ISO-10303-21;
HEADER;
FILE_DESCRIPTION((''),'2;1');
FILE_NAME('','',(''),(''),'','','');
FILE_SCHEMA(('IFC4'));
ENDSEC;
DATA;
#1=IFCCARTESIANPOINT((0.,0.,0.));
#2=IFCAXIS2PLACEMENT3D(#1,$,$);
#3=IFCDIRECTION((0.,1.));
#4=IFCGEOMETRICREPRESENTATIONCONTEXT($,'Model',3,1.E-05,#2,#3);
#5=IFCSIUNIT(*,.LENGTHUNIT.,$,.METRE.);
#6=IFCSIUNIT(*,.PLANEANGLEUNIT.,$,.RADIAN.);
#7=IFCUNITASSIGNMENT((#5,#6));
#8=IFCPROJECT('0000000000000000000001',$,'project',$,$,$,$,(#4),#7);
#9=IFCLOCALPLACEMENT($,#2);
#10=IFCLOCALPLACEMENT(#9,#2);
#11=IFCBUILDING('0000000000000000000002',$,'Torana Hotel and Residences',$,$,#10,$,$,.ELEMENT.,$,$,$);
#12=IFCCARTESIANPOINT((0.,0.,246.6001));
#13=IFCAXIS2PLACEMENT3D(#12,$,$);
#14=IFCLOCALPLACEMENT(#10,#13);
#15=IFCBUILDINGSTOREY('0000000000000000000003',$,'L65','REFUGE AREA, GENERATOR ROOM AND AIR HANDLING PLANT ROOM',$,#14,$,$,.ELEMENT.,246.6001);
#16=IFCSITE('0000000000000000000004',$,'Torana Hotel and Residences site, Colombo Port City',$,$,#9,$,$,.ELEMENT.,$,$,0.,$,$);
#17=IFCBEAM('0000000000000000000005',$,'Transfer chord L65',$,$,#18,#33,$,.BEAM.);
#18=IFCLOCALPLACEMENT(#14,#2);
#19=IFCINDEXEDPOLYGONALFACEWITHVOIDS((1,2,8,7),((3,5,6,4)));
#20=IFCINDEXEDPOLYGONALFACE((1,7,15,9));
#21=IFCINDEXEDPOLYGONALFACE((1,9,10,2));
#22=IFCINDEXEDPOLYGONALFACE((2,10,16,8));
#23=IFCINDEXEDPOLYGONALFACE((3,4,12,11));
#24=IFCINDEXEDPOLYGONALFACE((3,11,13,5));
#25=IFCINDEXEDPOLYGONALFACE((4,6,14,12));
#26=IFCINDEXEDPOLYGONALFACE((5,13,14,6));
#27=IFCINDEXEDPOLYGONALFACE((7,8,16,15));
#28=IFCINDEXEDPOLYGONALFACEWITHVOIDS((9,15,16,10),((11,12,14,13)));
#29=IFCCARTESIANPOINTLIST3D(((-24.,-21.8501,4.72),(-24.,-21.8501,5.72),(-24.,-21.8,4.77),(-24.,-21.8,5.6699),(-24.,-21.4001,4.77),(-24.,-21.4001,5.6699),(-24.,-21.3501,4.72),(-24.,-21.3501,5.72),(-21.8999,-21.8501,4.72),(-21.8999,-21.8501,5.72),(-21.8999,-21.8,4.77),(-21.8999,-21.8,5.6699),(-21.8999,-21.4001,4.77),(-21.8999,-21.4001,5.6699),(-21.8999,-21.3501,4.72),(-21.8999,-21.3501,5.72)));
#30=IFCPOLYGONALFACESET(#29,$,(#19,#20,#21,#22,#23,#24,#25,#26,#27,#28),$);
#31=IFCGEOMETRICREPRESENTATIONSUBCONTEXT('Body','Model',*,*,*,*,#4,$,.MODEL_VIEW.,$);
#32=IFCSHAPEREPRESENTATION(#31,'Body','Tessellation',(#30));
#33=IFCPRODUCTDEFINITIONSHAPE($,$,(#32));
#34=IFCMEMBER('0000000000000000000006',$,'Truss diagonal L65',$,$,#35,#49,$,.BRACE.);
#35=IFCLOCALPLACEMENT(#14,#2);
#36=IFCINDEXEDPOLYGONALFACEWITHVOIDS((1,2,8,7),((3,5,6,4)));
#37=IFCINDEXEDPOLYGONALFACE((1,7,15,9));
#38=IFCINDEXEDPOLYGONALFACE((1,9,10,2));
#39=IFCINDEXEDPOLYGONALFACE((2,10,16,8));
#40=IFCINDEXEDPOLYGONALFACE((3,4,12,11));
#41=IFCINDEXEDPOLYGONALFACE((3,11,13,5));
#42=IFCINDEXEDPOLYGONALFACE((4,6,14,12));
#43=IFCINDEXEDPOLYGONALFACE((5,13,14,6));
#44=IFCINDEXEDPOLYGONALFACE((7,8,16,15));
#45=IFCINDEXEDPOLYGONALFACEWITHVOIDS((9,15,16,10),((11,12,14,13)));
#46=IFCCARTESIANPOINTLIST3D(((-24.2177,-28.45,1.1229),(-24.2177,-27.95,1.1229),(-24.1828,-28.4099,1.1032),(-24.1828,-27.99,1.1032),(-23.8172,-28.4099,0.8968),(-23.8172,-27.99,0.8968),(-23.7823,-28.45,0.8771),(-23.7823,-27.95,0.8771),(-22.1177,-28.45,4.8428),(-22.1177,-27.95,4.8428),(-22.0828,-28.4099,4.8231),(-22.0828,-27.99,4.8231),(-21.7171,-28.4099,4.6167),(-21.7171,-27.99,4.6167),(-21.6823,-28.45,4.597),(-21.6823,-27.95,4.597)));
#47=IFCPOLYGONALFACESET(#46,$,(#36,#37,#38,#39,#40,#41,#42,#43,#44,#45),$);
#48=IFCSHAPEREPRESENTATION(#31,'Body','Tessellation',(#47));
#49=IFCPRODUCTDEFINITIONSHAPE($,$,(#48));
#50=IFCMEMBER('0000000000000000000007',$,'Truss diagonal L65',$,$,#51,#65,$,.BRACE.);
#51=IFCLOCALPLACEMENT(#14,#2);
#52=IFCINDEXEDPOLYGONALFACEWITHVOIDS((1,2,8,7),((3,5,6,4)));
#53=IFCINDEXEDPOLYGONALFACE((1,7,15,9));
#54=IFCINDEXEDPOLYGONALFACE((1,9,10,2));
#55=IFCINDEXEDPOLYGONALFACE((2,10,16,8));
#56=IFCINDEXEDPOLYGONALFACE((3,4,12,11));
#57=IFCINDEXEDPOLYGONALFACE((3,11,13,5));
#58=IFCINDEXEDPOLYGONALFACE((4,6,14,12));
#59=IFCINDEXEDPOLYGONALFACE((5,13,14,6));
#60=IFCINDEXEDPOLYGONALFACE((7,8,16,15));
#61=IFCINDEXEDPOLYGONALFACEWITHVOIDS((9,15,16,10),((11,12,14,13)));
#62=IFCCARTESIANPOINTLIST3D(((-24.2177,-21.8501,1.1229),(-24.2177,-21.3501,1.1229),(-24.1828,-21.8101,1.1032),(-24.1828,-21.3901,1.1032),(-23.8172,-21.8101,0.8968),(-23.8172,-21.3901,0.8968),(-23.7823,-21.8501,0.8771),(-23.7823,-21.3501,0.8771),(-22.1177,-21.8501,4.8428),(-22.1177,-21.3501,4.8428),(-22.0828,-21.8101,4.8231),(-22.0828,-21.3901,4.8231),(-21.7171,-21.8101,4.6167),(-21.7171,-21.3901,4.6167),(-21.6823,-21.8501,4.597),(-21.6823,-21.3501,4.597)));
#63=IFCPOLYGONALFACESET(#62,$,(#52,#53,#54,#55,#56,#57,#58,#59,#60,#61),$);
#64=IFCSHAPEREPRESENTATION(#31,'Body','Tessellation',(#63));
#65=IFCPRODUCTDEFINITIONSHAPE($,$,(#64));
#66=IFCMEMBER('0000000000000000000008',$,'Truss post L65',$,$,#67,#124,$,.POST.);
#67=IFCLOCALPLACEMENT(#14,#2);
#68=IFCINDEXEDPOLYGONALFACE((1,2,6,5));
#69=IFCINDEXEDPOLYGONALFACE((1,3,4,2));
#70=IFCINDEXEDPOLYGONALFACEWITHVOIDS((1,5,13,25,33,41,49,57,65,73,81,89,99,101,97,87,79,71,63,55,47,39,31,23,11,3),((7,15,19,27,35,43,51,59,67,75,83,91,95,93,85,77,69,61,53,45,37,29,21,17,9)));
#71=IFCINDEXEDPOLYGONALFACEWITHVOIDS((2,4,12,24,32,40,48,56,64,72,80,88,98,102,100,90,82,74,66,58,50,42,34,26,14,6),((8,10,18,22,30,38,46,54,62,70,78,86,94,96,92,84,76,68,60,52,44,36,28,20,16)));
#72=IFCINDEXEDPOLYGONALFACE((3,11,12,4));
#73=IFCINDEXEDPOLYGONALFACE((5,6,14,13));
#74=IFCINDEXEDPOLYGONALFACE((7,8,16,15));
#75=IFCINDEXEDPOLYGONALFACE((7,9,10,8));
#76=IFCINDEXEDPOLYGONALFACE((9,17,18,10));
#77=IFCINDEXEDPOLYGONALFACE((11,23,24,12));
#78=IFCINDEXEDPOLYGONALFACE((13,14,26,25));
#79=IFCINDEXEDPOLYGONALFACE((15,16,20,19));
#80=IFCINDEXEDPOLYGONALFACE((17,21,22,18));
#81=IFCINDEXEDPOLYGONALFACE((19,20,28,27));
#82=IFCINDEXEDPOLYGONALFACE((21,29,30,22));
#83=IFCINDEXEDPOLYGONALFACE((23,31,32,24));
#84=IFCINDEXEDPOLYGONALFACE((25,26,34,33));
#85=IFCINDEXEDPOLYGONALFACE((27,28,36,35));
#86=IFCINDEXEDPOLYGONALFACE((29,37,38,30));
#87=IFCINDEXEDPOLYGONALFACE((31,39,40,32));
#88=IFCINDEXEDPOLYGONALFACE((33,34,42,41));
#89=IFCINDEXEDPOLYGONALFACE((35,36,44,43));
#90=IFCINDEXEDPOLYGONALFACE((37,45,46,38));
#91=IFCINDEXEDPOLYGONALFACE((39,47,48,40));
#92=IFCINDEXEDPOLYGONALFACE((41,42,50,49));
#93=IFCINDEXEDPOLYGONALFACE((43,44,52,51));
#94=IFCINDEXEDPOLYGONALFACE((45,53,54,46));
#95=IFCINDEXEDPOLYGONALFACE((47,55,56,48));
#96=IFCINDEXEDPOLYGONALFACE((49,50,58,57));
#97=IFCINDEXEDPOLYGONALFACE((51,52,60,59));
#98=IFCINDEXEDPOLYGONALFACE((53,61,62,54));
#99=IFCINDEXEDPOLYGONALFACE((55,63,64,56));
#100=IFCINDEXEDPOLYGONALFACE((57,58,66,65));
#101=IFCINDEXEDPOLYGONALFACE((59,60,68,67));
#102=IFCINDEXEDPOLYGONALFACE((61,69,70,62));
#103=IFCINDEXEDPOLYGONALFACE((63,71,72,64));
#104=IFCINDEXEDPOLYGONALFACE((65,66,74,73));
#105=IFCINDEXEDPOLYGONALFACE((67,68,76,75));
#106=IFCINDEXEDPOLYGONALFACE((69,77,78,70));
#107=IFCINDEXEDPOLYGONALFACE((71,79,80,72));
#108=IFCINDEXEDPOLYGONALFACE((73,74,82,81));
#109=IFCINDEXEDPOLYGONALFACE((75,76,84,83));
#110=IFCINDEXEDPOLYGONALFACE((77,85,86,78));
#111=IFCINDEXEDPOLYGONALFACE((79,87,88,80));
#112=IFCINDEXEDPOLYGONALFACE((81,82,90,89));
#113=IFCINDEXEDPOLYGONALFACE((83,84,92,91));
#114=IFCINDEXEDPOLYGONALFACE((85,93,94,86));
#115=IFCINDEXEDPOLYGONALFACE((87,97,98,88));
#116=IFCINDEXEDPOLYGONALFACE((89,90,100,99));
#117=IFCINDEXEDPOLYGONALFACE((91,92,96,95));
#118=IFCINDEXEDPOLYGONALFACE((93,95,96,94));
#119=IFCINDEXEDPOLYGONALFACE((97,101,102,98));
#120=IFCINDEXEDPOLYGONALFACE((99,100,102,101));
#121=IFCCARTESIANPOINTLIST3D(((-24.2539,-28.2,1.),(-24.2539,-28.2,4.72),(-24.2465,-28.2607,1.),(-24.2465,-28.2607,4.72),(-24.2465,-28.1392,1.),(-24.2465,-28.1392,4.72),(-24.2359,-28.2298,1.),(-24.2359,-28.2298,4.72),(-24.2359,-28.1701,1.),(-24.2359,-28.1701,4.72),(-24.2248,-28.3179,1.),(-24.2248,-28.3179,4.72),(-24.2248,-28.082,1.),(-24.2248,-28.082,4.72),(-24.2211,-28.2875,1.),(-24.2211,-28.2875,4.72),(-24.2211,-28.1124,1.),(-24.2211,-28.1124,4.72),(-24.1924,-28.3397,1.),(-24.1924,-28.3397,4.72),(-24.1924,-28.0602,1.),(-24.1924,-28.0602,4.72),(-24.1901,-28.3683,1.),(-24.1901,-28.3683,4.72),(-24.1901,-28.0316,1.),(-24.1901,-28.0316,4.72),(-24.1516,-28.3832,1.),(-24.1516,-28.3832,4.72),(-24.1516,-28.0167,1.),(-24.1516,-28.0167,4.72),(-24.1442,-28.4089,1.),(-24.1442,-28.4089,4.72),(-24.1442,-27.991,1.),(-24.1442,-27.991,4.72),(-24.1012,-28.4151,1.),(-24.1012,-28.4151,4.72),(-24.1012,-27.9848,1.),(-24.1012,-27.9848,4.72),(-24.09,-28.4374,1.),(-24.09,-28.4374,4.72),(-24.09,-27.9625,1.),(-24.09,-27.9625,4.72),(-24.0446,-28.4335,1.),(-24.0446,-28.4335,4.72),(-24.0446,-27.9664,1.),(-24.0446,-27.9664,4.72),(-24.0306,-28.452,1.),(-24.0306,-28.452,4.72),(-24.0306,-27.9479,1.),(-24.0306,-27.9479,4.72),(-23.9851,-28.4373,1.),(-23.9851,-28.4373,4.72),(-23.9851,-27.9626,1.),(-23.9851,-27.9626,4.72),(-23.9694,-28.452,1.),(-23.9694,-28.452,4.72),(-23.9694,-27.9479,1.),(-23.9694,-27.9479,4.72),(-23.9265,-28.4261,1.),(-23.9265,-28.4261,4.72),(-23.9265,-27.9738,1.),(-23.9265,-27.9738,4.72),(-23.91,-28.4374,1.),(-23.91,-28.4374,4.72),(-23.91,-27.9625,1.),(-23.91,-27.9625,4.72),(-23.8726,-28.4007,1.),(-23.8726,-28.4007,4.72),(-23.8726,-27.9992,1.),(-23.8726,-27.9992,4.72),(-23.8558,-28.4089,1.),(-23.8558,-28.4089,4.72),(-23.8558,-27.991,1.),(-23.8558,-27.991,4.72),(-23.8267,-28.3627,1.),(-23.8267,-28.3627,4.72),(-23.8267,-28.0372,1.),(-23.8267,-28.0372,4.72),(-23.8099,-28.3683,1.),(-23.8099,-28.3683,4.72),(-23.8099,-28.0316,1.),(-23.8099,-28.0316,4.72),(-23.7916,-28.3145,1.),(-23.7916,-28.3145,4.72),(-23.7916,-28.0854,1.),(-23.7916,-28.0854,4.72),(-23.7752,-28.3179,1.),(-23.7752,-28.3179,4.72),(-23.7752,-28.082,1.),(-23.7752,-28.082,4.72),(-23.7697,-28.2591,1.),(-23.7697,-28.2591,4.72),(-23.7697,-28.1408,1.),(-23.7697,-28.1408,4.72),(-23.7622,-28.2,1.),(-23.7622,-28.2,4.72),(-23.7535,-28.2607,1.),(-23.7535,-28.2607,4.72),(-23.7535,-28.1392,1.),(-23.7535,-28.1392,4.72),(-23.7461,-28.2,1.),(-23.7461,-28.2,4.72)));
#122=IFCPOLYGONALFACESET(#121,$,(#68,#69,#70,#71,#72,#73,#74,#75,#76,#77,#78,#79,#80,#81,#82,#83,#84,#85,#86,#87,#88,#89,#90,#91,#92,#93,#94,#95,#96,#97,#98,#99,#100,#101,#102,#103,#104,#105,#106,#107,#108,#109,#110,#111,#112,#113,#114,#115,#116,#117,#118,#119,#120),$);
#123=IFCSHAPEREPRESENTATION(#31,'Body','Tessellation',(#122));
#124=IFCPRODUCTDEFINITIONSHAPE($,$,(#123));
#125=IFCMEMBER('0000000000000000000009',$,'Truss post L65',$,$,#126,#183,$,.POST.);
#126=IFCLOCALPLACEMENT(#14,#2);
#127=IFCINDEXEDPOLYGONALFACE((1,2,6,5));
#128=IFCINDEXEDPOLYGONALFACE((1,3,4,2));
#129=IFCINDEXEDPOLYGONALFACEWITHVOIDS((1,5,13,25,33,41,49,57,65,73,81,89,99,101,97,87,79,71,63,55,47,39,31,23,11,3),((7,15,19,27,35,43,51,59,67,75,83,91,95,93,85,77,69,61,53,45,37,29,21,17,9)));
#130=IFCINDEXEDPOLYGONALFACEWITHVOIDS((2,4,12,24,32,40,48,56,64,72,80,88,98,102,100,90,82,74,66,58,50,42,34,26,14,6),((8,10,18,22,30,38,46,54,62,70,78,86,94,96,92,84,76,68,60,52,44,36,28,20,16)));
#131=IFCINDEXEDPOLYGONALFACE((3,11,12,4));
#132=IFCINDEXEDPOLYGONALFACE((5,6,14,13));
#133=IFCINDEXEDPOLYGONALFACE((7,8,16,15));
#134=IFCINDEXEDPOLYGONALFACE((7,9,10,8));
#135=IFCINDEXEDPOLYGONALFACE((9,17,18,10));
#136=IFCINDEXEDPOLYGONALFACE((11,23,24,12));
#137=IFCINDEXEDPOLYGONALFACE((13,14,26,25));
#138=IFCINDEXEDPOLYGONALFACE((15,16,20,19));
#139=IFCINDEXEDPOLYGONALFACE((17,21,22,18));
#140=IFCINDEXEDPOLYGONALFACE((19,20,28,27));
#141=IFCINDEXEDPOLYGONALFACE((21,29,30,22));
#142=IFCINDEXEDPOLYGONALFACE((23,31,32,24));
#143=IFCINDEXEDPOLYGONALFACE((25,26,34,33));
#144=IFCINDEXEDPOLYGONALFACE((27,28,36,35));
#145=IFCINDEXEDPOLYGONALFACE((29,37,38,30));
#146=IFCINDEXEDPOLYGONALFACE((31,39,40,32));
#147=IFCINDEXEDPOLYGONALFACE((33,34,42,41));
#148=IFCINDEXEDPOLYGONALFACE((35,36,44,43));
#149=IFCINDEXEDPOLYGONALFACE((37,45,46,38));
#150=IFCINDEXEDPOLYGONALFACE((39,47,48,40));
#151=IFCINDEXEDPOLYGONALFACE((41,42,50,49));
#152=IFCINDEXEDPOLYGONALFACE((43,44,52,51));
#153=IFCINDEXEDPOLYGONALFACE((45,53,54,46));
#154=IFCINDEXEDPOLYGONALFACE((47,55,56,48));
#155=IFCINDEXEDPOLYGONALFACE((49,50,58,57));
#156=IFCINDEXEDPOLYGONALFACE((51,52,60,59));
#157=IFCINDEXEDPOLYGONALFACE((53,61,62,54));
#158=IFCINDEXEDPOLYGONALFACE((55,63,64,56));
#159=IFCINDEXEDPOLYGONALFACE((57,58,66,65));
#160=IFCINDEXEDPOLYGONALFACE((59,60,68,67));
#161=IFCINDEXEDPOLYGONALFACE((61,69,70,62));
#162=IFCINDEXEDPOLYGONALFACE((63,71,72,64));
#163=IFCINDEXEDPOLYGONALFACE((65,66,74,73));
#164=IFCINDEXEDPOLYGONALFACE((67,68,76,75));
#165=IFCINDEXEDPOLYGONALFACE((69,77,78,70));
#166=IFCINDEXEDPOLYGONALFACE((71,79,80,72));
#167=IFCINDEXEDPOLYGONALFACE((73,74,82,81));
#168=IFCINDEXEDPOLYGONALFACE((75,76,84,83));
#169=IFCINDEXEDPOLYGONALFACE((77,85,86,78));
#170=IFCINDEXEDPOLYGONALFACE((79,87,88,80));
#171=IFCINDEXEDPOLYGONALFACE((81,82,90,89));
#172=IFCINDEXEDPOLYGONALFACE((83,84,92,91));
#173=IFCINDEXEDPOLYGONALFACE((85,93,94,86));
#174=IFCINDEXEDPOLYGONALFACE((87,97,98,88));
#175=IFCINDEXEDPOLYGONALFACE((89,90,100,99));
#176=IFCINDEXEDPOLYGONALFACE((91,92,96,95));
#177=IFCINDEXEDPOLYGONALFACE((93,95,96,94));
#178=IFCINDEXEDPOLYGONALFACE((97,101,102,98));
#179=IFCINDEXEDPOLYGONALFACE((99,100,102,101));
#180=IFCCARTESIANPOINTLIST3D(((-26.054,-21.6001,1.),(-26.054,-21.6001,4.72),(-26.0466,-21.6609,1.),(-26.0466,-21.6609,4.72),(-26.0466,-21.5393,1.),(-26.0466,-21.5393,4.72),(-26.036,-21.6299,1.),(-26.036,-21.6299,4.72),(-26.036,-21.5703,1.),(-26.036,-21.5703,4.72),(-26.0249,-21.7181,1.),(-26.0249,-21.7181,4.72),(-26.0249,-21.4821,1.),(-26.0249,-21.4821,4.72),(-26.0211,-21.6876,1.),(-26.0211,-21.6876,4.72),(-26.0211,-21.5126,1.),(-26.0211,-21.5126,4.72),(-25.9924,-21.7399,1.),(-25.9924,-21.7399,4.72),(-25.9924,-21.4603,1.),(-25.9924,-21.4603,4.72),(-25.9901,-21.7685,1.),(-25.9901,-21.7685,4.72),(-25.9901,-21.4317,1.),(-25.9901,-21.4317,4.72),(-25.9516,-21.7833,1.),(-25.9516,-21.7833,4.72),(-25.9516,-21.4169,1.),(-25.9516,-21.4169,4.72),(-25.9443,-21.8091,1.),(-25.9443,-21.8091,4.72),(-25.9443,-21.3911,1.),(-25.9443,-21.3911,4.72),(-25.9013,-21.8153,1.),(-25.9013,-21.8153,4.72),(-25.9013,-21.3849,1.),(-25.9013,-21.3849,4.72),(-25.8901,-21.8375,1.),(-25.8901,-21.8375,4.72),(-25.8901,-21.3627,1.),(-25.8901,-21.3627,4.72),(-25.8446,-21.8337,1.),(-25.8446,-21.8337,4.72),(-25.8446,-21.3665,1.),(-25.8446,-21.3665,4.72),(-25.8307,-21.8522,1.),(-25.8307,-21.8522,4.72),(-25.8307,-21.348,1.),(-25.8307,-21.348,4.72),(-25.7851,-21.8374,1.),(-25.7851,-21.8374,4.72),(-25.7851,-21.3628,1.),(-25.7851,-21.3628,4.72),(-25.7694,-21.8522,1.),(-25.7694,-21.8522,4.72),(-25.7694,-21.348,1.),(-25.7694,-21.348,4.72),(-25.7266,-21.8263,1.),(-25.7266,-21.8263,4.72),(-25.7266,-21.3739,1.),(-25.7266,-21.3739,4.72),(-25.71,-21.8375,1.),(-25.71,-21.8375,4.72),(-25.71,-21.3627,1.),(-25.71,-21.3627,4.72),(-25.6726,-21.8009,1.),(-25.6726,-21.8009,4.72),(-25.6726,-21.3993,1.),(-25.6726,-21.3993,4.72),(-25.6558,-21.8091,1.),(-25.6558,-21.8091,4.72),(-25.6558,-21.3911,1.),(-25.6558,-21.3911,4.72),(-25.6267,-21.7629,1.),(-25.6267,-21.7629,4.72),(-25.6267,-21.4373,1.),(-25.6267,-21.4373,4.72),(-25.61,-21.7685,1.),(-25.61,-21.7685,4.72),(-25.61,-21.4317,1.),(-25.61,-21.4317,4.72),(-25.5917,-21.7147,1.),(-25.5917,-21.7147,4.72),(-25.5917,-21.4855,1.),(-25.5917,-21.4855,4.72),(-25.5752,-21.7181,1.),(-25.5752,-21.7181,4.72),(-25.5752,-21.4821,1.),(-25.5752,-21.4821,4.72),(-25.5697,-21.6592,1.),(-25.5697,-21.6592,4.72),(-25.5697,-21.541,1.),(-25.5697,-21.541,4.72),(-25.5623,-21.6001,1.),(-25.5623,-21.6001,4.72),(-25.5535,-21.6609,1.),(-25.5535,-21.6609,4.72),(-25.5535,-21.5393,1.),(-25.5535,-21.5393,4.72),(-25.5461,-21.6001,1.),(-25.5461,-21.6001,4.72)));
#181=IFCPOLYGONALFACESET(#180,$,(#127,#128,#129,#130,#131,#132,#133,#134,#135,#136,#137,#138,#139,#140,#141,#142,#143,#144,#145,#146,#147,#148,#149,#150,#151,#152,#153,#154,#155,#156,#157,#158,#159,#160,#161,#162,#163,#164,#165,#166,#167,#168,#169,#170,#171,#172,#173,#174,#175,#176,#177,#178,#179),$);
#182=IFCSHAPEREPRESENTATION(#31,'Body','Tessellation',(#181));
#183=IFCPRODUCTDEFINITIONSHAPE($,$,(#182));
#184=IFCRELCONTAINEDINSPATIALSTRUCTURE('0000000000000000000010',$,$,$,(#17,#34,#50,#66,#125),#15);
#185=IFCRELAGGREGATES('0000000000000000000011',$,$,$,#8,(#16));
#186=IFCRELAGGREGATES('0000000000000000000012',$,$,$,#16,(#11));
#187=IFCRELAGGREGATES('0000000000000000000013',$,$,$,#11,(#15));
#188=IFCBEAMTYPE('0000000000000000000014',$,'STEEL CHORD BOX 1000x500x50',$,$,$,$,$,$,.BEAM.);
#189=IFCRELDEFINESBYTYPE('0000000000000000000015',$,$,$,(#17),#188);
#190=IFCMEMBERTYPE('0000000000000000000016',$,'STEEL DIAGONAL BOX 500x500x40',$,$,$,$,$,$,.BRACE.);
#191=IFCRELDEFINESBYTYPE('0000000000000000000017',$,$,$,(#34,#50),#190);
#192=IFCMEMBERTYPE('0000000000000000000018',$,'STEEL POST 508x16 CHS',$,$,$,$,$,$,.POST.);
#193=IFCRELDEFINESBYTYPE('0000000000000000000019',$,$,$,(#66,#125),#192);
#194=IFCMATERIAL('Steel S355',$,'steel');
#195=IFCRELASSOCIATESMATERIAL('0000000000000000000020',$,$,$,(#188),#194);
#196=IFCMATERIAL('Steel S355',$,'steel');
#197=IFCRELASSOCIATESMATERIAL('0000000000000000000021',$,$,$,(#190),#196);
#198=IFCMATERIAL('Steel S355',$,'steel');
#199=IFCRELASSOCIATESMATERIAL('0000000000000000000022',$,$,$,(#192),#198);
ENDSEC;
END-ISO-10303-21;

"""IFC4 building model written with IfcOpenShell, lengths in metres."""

from ifc_helpers import new_model, si_unit, direction, frame, origin, origin_2d, place, context, subcontext, project, spatial, hollow_rectangle, hollow_circle, extrude, material, material_profile, profile_set, type_object, element, save


model = new_model("IFC4")

# Units and contexts
model_context = context("Model", 3, precision=1e-05, world=origin(), true_north=direction((0.0, 1.0)))
body_context = subcontext(model_context, "Body", "Model", "MODEL_VIEW")
ifc_project = project(units=[si_unit("LENGTHUNIT", "METRE"), si_unit("PLANEANGLEUNIT", "RADIAN")], contexts=[model_context])

# Site, building, storey
site_placement = place(None, origin())
site = spatial("IfcSite", under=ifc_project, at=site_placement, Name="Torana Hotel and Residences site, Colombo Port City", CompositionType="ELEMENT", RefElevation=0.0)
building_placement = place(site_placement, origin())
building = spatial("IfcBuilding", under=site, at=building_placement, Name="Torana Hotel and Residences", CompositionType="ELEMENT")
storey_placement = place(building_placement, frame((0.0, 0.0, 246.6001)))
storey = spatial("IfcBuildingStorey", under=building, at=storey_placement, Name="L65", Description="REFUGE AREA, GENERATOR ROOM AND AIR HANDLING PLANT ROOM", CompositionType="ELEMENT", Elevation=246.6001)

# Beam
ifc_material_1 = material(Name="Steel S355", Category="steel")
ifc_material_profile_1 = material_profile(ifc_material_1, hollow_rectangle(XDim=0.5, YDim=1.0, WallThickness=0.05, at=origin_2d()), Name="BOX 1000x500x50")
ifc_profile_set_1 = profile_set([ifc_material_profile_1], Name="Steel S355")
beam_type = type_object("IfcBeamType", Name="STEEL CHORD BOX 1000x500x50", PredefinedType="BEAM", material=ifc_profile_set_1)
for number, where, z_axis, x_axis, name in (
    (1, (-24.0, -21.6001, 5.22), (1.0, 0.0, 0.0), (0.0, 1.0, 0.0), "Transfer chord L65"),
):
    element("IfcBeam", number, at=place(storey_placement, frame(where, z_axis=z_axis, x_axis=x_axis)), inside=storey, type_object=beam_type, Name=name, PredefinedType="BEAM", context=body_context, shape_type="SweptSolid", body=[
        extrude(hollow_rectangle(XDim=0.5, YDim=1.0, WallThickness=0.05, at=origin_2d()), origin(), (0.0, 0.0, 1.0), 2.1001),
    ])

# Members
ifc_material_2 = material(Name="Steel S355", Category="steel")
ifc_material_profile_2 = material_profile(ifc_material_2, hollow_rectangle(XDim=0.5, YDim=0.5, WallThickness=0.04, at=origin_2d()), Name="BOX 500x500x40")
ifc_profile_set_2 = profile_set([ifc_material_profile_2], Name="Steel S355")
member_type_1 = type_object("IfcMemberType", Name="STEEL DIAGONAL BOX 500x500x40", PredefinedType="BRACE", material=ifc_profile_set_2)
for number, where, z_axis, x_axis, name in (
    (2, (-24.0, -28.2, 1.0), (0.491615, 0.0, 0.870813), (0.0, 1.0, 0.0), "Truss diagonal L65"),
    (3, (-24.0, -21.6001, 1.0), (0.491615, 0.0, 0.870813), (0.0, 1.0, 0.0), "Truss diagonal L65"),
):
    element("IfcMember", number, at=place(storey_placement, frame(where, z_axis=z_axis, x_axis=x_axis)), inside=storey, type_object=member_type_1, Name=name, PredefinedType="BRACE", context=body_context, shape_type="SweptSolid", body=[
        extrude(hollow_rectangle(XDim=0.5, YDim=0.5, WallThickness=0.04, at=origin_2d()), origin(), (0.0, 0.0, 1.0), 4.2717),
    ])
ifc_material_3 = material(Name="Steel S355", Category="steel")
ifc_material_profile_3 = material_profile(ifc_material_3, hollow_circle(Radius=0.2539, WallThickness=0.0161, at=origin_2d()), Name="508x16 CHS")
ifc_profile_set_3 = profile_set([ifc_material_profile_3], Name="Steel S355")
member_type_2 = type_object("IfcMemberType", Name="STEEL POST 508x16 CHS", PredefinedType="POST", material=ifc_profile_set_3)
for number, where, z_axis, x_axis, name in (
    (4, (-24.0, -28.2, 1.0), (0.0, 0.0, 1.0), (1.0, 0.0, 0.0), "Truss post L65"),
    (5, (-25.8, -21.6001, 1.0), (0.0, 0.0, 1.0), (1.0, 0.0, 0.0), "Truss post L65"),
):
    element("IfcMember", number, at=place(storey_placement, frame(where, z_axis=z_axis, x_axis=x_axis)), inside=storey, type_object=member_type_2, Name=name, PredefinedType="POST", context=body_context, shape_type="SweptSolid", body=[
        extrude(hollow_circle(Radius=0.2539, WallThickness=0.0161, at=origin_2d()), origin(), (0.0, 0.0, 1.0), 3.72),
    ])

save(model, "model.ifc")
